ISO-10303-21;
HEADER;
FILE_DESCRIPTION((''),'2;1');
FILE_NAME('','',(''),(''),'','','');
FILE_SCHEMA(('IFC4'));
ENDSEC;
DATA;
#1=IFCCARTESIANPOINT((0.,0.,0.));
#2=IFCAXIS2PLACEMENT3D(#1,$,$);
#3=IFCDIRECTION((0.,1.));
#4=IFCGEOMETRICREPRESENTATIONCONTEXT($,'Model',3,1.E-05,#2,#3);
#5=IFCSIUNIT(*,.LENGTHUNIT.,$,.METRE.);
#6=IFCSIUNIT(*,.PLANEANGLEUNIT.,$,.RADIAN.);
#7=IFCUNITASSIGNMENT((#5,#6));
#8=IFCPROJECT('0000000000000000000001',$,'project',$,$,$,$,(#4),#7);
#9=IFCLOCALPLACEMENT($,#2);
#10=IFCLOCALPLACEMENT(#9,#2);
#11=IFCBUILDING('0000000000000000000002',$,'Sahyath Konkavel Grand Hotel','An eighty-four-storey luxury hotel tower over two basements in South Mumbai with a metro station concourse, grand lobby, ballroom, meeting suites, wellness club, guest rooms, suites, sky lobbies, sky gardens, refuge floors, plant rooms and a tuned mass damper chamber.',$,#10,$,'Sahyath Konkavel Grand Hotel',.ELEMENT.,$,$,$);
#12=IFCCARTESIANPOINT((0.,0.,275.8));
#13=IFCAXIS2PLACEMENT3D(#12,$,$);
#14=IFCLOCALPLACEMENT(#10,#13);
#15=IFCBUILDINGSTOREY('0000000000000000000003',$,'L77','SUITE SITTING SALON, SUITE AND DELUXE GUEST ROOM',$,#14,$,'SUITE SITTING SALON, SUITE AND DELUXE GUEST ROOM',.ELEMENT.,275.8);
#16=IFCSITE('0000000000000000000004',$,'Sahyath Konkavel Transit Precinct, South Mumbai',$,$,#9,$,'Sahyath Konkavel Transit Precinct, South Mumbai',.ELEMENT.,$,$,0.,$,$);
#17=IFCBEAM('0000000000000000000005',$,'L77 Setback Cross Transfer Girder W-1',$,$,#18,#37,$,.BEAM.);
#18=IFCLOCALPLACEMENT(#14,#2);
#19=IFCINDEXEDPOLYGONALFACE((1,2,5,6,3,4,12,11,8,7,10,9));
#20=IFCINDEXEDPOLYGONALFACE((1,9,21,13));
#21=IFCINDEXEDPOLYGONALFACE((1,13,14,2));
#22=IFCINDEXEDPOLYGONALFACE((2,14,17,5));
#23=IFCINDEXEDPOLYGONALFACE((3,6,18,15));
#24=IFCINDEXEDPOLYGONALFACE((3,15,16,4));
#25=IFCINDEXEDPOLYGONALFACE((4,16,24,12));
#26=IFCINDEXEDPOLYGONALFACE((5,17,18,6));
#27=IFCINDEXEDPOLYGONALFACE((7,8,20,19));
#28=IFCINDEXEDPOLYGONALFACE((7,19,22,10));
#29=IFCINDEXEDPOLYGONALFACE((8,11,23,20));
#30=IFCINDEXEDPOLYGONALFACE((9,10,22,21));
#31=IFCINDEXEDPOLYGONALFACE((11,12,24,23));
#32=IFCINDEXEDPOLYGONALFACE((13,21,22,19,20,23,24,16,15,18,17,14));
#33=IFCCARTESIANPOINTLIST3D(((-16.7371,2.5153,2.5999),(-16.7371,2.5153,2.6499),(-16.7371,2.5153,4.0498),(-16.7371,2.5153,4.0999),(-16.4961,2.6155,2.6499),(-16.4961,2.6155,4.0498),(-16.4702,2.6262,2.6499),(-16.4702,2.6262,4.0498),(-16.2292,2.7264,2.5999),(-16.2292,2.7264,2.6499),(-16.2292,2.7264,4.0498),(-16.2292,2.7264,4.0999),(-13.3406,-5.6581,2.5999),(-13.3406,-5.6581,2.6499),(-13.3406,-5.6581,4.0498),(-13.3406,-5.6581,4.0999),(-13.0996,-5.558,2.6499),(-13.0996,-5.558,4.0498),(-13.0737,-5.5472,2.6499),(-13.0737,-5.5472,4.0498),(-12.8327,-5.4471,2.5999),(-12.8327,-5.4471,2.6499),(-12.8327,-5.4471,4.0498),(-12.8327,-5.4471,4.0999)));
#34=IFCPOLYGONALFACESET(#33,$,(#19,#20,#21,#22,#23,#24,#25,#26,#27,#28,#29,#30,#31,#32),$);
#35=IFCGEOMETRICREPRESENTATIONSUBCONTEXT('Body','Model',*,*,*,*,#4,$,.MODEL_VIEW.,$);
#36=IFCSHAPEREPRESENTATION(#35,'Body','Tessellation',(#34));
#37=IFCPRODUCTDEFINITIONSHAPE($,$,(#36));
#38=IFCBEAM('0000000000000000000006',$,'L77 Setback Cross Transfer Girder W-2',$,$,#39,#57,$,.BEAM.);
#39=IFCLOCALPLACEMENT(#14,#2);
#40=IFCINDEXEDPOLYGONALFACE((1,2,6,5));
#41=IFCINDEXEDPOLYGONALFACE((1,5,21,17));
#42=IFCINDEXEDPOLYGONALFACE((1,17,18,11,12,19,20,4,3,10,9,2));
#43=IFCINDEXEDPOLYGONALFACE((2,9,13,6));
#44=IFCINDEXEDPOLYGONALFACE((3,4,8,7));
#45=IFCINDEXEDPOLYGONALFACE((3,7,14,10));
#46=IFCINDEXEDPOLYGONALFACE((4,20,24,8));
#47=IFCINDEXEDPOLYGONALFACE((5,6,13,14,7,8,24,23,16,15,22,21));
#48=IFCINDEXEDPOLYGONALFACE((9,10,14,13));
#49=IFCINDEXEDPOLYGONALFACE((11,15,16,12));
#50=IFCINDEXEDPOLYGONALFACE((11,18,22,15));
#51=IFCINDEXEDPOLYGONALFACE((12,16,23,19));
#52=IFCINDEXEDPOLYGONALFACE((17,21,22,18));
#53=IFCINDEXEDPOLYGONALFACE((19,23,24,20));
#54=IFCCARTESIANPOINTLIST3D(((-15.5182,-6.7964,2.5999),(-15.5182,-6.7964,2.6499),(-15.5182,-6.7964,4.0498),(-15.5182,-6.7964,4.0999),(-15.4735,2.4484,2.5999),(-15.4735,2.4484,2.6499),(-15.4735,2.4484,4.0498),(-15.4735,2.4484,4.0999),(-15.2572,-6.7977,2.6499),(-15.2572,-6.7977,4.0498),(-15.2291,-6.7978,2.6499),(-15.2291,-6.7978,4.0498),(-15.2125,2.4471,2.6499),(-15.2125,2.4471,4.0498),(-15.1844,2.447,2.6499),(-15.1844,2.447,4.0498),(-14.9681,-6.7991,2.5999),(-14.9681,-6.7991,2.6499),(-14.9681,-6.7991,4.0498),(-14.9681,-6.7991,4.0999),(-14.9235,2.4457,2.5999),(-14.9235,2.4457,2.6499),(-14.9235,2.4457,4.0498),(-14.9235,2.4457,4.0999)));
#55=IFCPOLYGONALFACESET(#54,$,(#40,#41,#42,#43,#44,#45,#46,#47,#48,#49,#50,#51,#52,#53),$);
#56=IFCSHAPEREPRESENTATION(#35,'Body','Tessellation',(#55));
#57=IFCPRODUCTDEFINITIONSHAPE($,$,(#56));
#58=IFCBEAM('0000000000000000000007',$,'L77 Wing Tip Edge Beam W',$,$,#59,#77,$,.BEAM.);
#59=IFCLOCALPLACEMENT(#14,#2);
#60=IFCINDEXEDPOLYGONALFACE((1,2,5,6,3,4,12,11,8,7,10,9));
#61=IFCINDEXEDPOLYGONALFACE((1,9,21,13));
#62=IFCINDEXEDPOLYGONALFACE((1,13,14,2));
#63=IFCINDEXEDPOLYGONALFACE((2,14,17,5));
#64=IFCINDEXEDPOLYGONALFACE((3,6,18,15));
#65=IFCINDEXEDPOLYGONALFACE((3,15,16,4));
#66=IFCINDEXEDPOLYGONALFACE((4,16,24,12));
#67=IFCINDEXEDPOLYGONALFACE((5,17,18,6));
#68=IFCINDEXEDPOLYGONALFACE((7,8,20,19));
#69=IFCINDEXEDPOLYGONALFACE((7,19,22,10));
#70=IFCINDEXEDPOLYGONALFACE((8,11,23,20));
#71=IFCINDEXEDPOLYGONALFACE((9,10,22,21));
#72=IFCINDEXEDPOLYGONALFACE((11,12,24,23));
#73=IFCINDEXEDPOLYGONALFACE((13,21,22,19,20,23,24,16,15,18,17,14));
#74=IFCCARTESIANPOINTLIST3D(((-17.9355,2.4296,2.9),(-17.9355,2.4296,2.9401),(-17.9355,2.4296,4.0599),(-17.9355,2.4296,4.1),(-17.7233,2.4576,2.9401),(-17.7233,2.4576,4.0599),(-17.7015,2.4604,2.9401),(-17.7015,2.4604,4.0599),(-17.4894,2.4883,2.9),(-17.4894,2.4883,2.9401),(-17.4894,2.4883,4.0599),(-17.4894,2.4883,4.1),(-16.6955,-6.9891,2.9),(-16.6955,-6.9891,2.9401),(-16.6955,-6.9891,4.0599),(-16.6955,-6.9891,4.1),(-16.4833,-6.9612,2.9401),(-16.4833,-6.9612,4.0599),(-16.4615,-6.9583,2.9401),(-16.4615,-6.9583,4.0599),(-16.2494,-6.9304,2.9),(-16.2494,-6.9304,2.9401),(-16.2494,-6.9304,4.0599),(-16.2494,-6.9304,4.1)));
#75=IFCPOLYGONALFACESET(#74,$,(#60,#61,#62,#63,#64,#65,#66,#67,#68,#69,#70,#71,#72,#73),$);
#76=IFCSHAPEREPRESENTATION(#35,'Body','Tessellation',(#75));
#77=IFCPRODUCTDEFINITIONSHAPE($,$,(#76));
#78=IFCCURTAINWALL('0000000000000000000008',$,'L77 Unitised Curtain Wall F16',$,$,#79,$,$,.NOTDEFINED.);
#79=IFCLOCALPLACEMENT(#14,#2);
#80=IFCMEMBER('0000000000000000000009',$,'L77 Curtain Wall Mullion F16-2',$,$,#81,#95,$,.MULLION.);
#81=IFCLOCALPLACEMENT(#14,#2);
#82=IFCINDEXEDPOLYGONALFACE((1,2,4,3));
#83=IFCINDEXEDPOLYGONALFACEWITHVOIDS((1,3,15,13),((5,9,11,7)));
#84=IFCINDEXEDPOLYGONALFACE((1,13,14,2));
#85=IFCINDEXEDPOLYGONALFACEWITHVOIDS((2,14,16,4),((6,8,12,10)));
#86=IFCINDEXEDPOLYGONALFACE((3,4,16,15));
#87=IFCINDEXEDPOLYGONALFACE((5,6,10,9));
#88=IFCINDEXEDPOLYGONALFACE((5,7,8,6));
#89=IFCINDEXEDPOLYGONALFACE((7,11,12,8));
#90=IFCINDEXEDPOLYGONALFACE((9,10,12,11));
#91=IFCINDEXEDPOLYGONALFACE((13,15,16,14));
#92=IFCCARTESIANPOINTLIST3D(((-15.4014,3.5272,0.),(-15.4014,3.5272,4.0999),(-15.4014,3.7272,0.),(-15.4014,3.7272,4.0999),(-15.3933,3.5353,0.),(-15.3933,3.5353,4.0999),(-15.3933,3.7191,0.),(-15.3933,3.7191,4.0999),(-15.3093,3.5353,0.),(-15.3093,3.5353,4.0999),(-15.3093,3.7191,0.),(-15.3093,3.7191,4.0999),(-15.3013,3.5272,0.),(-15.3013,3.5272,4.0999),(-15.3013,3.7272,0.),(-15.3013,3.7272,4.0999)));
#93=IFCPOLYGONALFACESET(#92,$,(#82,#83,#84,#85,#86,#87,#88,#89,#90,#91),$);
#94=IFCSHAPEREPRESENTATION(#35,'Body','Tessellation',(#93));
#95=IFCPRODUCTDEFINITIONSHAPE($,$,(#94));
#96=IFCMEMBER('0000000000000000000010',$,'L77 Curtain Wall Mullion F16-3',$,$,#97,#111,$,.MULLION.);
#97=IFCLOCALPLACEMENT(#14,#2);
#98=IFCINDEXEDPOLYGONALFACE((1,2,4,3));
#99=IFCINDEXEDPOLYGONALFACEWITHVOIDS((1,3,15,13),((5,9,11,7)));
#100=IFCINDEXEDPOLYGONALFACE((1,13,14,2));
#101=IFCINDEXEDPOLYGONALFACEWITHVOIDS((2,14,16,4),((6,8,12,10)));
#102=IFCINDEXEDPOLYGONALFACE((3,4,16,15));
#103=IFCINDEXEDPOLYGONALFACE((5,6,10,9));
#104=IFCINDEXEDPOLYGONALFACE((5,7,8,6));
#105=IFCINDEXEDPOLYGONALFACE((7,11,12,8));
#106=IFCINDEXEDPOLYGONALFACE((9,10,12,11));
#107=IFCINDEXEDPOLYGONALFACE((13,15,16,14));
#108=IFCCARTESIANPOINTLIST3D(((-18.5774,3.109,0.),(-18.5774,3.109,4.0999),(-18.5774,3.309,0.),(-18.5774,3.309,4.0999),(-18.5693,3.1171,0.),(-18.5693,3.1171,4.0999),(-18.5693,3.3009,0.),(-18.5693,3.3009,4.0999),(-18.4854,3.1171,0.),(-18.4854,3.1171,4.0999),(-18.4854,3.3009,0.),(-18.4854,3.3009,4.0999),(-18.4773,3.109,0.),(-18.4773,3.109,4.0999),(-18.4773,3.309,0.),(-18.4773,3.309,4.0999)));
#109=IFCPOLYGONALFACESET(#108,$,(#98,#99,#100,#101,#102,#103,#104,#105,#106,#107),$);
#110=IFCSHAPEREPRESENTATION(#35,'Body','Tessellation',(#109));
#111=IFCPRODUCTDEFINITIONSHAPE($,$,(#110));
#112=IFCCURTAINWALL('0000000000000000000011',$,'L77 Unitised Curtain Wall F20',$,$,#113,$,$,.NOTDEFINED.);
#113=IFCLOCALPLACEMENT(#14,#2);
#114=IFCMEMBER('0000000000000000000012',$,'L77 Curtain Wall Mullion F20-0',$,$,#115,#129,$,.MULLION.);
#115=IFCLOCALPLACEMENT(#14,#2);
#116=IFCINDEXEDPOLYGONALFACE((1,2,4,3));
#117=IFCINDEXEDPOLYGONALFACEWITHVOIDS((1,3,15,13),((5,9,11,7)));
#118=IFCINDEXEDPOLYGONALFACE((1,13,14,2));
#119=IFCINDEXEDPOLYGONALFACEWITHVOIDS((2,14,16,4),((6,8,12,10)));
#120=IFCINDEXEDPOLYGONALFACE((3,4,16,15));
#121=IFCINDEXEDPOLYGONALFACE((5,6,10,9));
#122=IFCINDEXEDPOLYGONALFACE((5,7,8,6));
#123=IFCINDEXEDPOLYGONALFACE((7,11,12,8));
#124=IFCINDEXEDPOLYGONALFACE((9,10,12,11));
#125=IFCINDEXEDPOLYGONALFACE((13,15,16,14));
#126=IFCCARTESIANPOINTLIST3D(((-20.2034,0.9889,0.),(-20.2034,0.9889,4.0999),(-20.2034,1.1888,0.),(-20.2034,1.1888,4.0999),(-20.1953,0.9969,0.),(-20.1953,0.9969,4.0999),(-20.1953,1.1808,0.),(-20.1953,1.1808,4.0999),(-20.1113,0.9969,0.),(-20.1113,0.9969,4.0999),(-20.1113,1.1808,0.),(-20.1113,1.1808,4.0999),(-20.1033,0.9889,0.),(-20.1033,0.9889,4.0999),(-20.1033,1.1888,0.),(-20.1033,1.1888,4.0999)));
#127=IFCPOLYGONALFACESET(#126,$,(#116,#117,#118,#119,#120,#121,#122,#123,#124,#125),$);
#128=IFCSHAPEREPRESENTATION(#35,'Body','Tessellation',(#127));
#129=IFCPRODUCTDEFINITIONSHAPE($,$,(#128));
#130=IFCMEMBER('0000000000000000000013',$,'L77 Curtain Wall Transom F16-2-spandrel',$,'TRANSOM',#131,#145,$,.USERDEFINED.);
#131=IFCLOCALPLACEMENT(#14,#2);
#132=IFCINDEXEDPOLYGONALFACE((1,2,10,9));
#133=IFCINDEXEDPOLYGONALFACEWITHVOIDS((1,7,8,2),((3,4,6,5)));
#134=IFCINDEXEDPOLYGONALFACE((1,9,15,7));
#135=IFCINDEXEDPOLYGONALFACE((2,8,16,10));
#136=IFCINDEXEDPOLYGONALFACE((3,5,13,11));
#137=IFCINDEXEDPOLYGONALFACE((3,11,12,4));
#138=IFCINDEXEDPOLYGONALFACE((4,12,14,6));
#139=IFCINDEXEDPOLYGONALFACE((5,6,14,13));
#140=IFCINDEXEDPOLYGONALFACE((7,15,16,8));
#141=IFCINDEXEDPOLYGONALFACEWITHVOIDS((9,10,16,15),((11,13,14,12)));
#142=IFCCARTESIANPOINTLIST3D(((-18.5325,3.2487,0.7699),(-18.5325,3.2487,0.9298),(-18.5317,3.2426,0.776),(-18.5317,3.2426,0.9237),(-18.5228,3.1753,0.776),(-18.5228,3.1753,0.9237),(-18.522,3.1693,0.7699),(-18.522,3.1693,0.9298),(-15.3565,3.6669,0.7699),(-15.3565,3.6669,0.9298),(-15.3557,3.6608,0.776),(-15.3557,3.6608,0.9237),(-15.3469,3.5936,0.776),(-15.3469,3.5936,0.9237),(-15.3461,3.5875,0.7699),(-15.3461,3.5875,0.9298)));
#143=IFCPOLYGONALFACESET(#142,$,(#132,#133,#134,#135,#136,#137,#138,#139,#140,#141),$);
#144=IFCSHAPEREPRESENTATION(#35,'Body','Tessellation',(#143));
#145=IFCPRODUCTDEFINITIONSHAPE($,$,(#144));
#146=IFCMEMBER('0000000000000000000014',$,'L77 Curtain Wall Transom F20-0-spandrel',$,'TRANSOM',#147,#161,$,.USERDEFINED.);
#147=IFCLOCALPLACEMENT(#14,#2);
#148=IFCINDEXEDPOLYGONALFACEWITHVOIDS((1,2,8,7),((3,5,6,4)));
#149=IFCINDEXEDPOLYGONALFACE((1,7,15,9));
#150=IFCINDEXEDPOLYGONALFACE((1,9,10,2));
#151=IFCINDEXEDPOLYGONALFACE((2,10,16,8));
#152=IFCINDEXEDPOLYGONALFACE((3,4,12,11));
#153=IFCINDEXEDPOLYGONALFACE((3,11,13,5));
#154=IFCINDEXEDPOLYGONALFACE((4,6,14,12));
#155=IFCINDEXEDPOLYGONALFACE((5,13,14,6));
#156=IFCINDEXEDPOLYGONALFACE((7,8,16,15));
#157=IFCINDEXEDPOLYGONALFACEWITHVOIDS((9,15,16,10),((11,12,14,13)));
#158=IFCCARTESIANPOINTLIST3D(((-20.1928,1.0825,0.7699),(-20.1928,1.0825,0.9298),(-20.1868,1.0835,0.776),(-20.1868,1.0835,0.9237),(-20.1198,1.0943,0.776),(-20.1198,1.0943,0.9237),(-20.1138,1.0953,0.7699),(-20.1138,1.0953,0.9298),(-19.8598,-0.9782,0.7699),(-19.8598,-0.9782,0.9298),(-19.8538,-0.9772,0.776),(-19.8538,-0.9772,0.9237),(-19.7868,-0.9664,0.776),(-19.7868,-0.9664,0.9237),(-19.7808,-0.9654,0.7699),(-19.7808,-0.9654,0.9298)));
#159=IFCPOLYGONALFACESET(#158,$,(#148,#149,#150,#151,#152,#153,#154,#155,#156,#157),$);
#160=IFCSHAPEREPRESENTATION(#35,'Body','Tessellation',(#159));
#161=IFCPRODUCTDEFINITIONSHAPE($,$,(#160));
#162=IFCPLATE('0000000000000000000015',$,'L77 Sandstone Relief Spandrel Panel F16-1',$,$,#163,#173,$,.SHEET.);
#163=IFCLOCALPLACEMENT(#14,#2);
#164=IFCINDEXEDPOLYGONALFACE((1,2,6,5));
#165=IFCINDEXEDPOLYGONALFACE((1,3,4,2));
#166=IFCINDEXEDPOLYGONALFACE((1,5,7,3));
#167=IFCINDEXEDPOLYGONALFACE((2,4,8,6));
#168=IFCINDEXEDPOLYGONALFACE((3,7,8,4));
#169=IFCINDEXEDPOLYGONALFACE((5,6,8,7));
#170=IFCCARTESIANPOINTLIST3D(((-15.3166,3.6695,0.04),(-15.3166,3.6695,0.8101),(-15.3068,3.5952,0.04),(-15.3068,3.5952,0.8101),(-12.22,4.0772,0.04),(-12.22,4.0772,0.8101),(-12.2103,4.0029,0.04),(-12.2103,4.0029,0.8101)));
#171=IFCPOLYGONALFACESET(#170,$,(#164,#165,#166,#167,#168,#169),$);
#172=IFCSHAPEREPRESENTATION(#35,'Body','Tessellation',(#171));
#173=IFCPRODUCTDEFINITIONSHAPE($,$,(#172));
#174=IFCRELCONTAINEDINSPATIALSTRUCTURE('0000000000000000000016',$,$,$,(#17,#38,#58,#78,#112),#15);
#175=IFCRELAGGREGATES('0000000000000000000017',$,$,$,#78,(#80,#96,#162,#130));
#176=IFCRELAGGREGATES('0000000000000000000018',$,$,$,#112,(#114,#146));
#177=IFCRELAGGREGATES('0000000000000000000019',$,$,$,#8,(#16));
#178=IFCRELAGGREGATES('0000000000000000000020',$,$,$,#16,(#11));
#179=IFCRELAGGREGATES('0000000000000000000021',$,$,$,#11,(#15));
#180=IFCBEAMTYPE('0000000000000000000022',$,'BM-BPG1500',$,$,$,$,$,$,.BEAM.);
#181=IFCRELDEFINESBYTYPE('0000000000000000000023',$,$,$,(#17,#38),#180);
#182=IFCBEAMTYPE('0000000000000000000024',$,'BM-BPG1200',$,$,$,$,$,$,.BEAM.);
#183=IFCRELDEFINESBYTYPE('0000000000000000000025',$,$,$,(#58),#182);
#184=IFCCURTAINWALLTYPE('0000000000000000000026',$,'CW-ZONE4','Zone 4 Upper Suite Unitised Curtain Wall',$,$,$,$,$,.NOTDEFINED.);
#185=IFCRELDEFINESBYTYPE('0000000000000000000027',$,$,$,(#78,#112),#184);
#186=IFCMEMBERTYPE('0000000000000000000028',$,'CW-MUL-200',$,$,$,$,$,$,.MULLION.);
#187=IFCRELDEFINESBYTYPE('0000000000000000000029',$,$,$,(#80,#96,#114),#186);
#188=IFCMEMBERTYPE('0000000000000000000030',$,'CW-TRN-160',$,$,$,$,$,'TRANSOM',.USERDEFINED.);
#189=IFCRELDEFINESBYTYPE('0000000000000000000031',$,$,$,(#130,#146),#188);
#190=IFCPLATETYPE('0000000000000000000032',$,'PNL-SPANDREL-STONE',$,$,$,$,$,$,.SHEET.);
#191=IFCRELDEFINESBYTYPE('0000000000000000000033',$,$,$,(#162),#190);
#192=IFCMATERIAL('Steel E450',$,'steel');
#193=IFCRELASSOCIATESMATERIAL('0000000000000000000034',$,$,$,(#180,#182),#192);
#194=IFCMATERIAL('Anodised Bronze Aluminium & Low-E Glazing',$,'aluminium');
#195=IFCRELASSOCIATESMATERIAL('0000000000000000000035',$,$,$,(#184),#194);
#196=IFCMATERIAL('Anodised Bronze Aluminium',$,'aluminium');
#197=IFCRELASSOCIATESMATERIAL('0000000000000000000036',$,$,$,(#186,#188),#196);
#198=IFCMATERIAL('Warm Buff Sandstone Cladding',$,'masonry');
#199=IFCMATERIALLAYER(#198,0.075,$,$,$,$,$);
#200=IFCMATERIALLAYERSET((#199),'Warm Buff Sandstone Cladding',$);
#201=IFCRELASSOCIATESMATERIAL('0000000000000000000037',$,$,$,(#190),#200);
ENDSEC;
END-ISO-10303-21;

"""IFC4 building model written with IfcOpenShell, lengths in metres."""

from ifc_helpers import new_model, si_unit, direction, frame, origin, origin_2d, place, context, subcontext, project, spatial, rectangle, hollow_rectangle, i_section, extrude, source, transform, mapped, material, layer, layer_set, material_profile, profile_set, type_object, element, aggregate, save


model = new_model("IFC4")

# Units and contexts
model_context = context("Model", 3, precision=1e-05, world=origin(), true_north=direction((0.0, 1.0)))
body_context = subcontext(model_context, "Body", "Model", "MODEL_VIEW")
ifc_project = project(units=[si_unit("LENGTHUNIT", "METRE"), si_unit("PLANEANGLEUNIT", "RADIAN")], contexts=[model_context])

# Site, building, storey
site_placement = place(None, origin())
site = spatial("IfcSite", under=ifc_project, at=site_placement, Name="Sahyath Konkavel Transit Precinct, South Mumbai", LongName="Sahyath Konkavel Transit Precinct, South Mumbai", CompositionType="ELEMENT", RefElevation=0.0)
building_placement = place(site_placement, origin())
building = spatial("IfcBuilding", under=site, at=building_placement, Name="Sahyath Konkavel Grand Hotel", Description="An eighty-four-storey luxury hotel tower over two basements in South Mumbai with a metro station concourse, grand lobby, ballroom, meeting suites, wellness club, guest rooms, suites, sky lobbies, sky gardens, refuge floors, plant rooms and a tuned mass damper chamber.", LongName="Sahyath Konkavel Grand Hotel", CompositionType="ELEMENT")
storey_placement = place(building_placement, frame((0.0, 0.0, 275.8)))
storey = spatial("IfcBuildingStorey", under=building, at=storey_placement, Name="L77", Description="SUITE SITTING SALON, SUITE AND DELUXE GUEST ROOM", LongName="SUITE SITTING SALON, SUITE AND DELUXE GUEST ROOM", CompositionType="ELEMENT", Elevation=275.8)

# Beams
ifc_material_1 = material(Name="Steel E450", Category="steel")
ifc_material_profile_1 = material_profile(ifc_material_1, i_section(OverallWidth=0.55, OverallDepth=1.5, WebThickness=0.0281, FlangeThickness=0.05, at=origin_2d()), Name="BPG 1500x550")
ifc_profile_set_1 = profile_set([ifc_material_profile_1], Name="Steel E450")
beam_type_1 = type_object("IfcBeamType", Name="BM-BPG1500", PredefinedType="BEAM", material=ifc_profile_set_1)
shared_shape_1 = source(origin(), body_context, "Body", "SweptSolid", [
    extrude(i_section(OverallWidth=0.55, OverallDepth=1.5, WebThickness=0.0281, FlangeThickness=0.05, at=origin_2d()), origin(), (0.0, 0.0, 1.0), 8.8511),
])
beam_1_placement = place(storey_placement, frame((-16.4832, 2.6208, 3.3499), z_axis=(0.383742, -0.92344, 0.0), x_axis=(0.92344, 0.383742, 0.0)))
element("IfcBeam", 1, at=beam_1_placement, inside=storey, type_object=beam_type_1, Name="L77 Setback Cross Transfer Girder W-1", PredefinedType="BEAM", context=body_context, shape_type="MappedRepresentation", body=[
    mapped(shared_shape_1, transform((0.0, 0.0, 0.0), scale=1.0)),
])
shared_shape_2 = source(origin(), body_context, "Body", "SweptSolid", [
    extrude(i_section(OverallWidth=0.55, OverallDepth=1.5, WebThickness=0.0281, FlangeThickness=0.05, at=origin_2d()), origin(), (0.0, 0.0, 1.0), 9.2449),
])
beam_2_placement = place(storey_placement, frame((-15.1985, 2.447, 3.3499), z_axis=(-0.004833, -0.999988, 0.0), x_axis=(0.999988, -0.004833, 0.0)))
element("IfcBeam", 2, at=beam_2_placement, inside=storey, type_object=beam_type_1, Name="L77 Setback Cross Transfer Girder W-2", PredefinedType="BEAM", context=body_context, shape_type="MappedRepresentation", body=[
    mapped(shared_shape_2, transform((0.0, 0.0, 0.0), scale=1.0)),
])
ifc_material_profile_2 = material_profile(ifc_material_1, i_section(OverallWidth=0.45, OverallDepth=1.2, WebThickness=0.022, FlangeThickness=0.04, at=origin_2d()), Name="BPG 1200x450")
ifc_profile_set_2 = profile_set([ifc_material_profile_2], Name="Steel E450")
beam_type_2 = type_object("IfcBeamType", Name="BM-BPG1200", PredefinedType="BEAM", material=ifc_profile_set_2)
shared_shape_3 = source(origin(), body_context, "Body", "SweptSolid", [
    extrude(i_section(OverallWidth=0.45, OverallDepth=1.2, WebThickness=0.022, FlangeThickness=0.04, at=origin_2d()), origin(), (0.0, 0.0, 1.0), 9.5),
])
beam_3_placement = place(storey_placement, frame((-17.7124, 2.459, 3.5), z_axis=(0.130526, -0.991445, 0.0), x_axis=(0.991445, 0.130526, 0.0)))
element("IfcBeam", 3, at=beam_3_placement, inside=storey, type_object=beam_type_2, Name="L77 Wing Tip Edge Beam W", PredefinedType="BEAM", context=body_context, shape_type="MappedRepresentation", body=[
    mapped(shared_shape_3, transform((0.0, 0.0, 0.0), scale=1.0)),
])

# Curtain wall, members
ifc_material_2 = material(Name="Anodised Bronze Aluminium & Low-E Glazing", Category="aluminium")
curtain_wall_type = type_object("IfcCurtainWallType", Name="CW-ZONE4", Description="Zone 4 Upper Suite Unitised Curtain Wall", PredefinedType="NOTDEFINED", material=ifc_material_2)
curtain_wall_1_placement = place(storey_placement, origin())
curtain_wall_1 = element("IfcCurtainWall", 4, at=curtain_wall_1_placement, inside=storey, type_object=curtain_wall_type, Name="L77 Unitised Curtain Wall F16", PredefinedType="NOTDEFINED")
ifc_material_3 = material(Name="Anodised Bronze Aluminium", Category="aluminium")
ifc_material_profile_3 = material_profile(ifc_material_3, hollow_rectangle(XDim=0.1001, YDim=0.2, WallThickness=0.0081, at=origin_2d()), Name="RHS 200x100x8")
ifc_profile_set_3 = profile_set([ifc_material_profile_3], Name="Anodised Bronze Aluminium")
member_type_1 = type_object("IfcMemberType", Name="CW-MUL-200", PredefinedType="MULLION", material=ifc_profile_set_3)
shared_shape_4 = source(origin(), body_context, "Body", "SweptSolid", [
    extrude(hollow_rectangle(XDim=0.1001, YDim=0.2, WallThickness=0.0081, at=origin_2d()), origin(), (0.0, 0.0, 1.0), 4.0999),
])
member_1_placement = place(storey_placement, frame((-15.3513, 3.6272, 0.0), z_axis=(0.0, 0.0, 1.0), x_axis=(1.0, 0.0, 0.0)))
member_1 = element("IfcMember", 5, at=member_1_placement, type_object=member_type_1, Name="L77 Curtain Wall Mullion F16-2", PredefinedType="MULLION", context=body_context, shape_type="MappedRepresentation", body=[
    mapped(shared_shape_4, transform((0.0, 0.0, 0.0), scale=1.0)),
])
member_2_placement = place(storey_placement, frame((-18.5273, 3.209, 0.0), z_axis=(0.0, 0.0, 1.0), x_axis=(1.0, 0.0, 0.0)))
member_2 = element("IfcMember", 6, at=member_2_placement, type_object=member_type_1, Name="L77 Curtain Wall Mullion F16-3", PredefinedType="MULLION", context=body_context, shape_type="MappedRepresentation", body=[
    mapped(shared_shape_4, transform((0.0, 0.0, 0.0), scale=1.0)),
])

# Curtain wall, member
curtain_wall_2_placement = place(storey_placement, origin())
curtain_wall_2 = element("IfcCurtainWall", 7, at=curtain_wall_2_placement, inside=storey, type_object=curtain_wall_type, Name="L77 Unitised Curtain Wall F20", PredefinedType="NOTDEFINED")
member_3_placement = place(storey_placement, frame((-20.1533, 1.0889, 0.0), z_axis=(0.0, 0.0, 1.0), x_axis=(1.0, 0.0, 0.0)))
member_3 = element("IfcMember", 8, at=member_3_placement, type_object=member_type_1, Name="L77 Curtain Wall Mullion F20-0", PredefinedType="MULLION", context=body_context, shape_type="MappedRepresentation", body=[
    mapped(shared_shape_4, transform((0.0, 0.0, 0.0), scale=1.0)),
])

# Members
ifc_material_profile_4 = material_profile(ifc_material_3, hollow_rectangle(XDim=0.0801, YDim=0.1599, WallThickness=0.0061, at=origin_2d()), Name="RHS 160x80x6")
ifc_profile_set_4 = profile_set([ifc_material_profile_4], Name="Anodised Bronze Aluminium")
member_type_2 = type_object("IfcMemberType", Name="CW-TRN-160", ElementType="TRANSOM", PredefinedType="USERDEFINED", material=ifc_profile_set_4)
shared_shape_5 = source(origin(), body_context, "Body", "SweptSolid", [
    extrude(hollow_rectangle(XDim=0.0801, YDim=0.1599, WallThickness=0.0061, at=origin_2d()), origin(), (0.0, 0.0, 1.0), 3.2034),
])
member_4_placement = place(storey_placement, frame((-15.3513, 3.6272, 0.8499), z_axis=(-0.991442, -0.130551, 0.0), x_axis=(0.130551, -0.991442, 0.0)))
member_4 = element("IfcMember", 9, at=member_4_placement, type_object=member_type_2, Name="L77 Curtain Wall Transom F16-2-spandrel", ObjectType="TRANSOM", PredefinedType="USERDEFINED", context=body_context, shape_type="MappedRepresentation", body=[
    mapped(shared_shape_5, transform((0.0, 0.0, 0.0), scale=1.0)),
])
shared_shape_6 = source(origin(), body_context, "Body", "SweptSolid", [
    extrude(hollow_rectangle(XDim=0.0801, YDim=0.1599, WallThickness=0.0061, at=origin_2d()), origin(), (0.0, 0.0, 1.0), 2.0874),
])
member_5_placement = place(storey_placement, frame((-20.1533, 1.0889, 0.8499), z_axis=(0.159541, -0.987191, 0.0), x_axis=(0.987191, 0.159541, 0.0)))
member_5 = element("IfcMember", 10, at=member_5_placement, type_object=member_type_2, Name="L77 Curtain Wall Transom F20-0-spandrel", ObjectType="TRANSOM", PredefinedType="USERDEFINED", context=body_context, shape_type="MappedRepresentation", body=[
    mapped(shared_shape_6, transform((0.0, 0.0, 0.0), scale=1.0)),
])

# Plate
ifc_material_4 = material(Name="Warm Buff Sandstone Cladding", Category="masonry")
ifc_layer_1 = layer(ifc_material_4, 0.075)
ifc_layer_set_1 = layer_set([ifc_layer_1], Name="Warm Buff Sandstone Cladding")
plate_type_1 = type_object("IfcPlateType", Name="PNL-SPANDREL-STONE", PredefinedType="SHEET", material=ifc_layer_set_1)
shared_shape_7 = source(origin(), body_context, "Body", "SweptSolid", [
    extrude(rectangle(XDim=3.1233, YDim=0.075, at=origin_2d()), origin(), (0.0, 0.0, 1.0), 0.77),
])
plate_1_placement = place(storey_placement, frame((-13.7634, 3.8362, 0.04), z_axis=(0.0, 0.0, 1.0), x_axis=(-0.991445, -0.130526, 0.0)))
plate_1 = element("IfcPlate", 11, at=plate_1_placement, type_object=plate_type_1, Name="L77 Sandstone Relief Spandrel Panel F16-1", PredefinedType="SHEET", context=body_context, shape_type="MappedRepresentation", body=[
    mapped(shared_shape_7, transform((0.0, 0.0, 0.0), scale=1.0)),
])
aggregate(curtain_wall_1, [member_1, member_2, plate_1, member_4])
aggregate(curtain_wall_2, [member_3, member_5])

save(model, "model.ifc")
